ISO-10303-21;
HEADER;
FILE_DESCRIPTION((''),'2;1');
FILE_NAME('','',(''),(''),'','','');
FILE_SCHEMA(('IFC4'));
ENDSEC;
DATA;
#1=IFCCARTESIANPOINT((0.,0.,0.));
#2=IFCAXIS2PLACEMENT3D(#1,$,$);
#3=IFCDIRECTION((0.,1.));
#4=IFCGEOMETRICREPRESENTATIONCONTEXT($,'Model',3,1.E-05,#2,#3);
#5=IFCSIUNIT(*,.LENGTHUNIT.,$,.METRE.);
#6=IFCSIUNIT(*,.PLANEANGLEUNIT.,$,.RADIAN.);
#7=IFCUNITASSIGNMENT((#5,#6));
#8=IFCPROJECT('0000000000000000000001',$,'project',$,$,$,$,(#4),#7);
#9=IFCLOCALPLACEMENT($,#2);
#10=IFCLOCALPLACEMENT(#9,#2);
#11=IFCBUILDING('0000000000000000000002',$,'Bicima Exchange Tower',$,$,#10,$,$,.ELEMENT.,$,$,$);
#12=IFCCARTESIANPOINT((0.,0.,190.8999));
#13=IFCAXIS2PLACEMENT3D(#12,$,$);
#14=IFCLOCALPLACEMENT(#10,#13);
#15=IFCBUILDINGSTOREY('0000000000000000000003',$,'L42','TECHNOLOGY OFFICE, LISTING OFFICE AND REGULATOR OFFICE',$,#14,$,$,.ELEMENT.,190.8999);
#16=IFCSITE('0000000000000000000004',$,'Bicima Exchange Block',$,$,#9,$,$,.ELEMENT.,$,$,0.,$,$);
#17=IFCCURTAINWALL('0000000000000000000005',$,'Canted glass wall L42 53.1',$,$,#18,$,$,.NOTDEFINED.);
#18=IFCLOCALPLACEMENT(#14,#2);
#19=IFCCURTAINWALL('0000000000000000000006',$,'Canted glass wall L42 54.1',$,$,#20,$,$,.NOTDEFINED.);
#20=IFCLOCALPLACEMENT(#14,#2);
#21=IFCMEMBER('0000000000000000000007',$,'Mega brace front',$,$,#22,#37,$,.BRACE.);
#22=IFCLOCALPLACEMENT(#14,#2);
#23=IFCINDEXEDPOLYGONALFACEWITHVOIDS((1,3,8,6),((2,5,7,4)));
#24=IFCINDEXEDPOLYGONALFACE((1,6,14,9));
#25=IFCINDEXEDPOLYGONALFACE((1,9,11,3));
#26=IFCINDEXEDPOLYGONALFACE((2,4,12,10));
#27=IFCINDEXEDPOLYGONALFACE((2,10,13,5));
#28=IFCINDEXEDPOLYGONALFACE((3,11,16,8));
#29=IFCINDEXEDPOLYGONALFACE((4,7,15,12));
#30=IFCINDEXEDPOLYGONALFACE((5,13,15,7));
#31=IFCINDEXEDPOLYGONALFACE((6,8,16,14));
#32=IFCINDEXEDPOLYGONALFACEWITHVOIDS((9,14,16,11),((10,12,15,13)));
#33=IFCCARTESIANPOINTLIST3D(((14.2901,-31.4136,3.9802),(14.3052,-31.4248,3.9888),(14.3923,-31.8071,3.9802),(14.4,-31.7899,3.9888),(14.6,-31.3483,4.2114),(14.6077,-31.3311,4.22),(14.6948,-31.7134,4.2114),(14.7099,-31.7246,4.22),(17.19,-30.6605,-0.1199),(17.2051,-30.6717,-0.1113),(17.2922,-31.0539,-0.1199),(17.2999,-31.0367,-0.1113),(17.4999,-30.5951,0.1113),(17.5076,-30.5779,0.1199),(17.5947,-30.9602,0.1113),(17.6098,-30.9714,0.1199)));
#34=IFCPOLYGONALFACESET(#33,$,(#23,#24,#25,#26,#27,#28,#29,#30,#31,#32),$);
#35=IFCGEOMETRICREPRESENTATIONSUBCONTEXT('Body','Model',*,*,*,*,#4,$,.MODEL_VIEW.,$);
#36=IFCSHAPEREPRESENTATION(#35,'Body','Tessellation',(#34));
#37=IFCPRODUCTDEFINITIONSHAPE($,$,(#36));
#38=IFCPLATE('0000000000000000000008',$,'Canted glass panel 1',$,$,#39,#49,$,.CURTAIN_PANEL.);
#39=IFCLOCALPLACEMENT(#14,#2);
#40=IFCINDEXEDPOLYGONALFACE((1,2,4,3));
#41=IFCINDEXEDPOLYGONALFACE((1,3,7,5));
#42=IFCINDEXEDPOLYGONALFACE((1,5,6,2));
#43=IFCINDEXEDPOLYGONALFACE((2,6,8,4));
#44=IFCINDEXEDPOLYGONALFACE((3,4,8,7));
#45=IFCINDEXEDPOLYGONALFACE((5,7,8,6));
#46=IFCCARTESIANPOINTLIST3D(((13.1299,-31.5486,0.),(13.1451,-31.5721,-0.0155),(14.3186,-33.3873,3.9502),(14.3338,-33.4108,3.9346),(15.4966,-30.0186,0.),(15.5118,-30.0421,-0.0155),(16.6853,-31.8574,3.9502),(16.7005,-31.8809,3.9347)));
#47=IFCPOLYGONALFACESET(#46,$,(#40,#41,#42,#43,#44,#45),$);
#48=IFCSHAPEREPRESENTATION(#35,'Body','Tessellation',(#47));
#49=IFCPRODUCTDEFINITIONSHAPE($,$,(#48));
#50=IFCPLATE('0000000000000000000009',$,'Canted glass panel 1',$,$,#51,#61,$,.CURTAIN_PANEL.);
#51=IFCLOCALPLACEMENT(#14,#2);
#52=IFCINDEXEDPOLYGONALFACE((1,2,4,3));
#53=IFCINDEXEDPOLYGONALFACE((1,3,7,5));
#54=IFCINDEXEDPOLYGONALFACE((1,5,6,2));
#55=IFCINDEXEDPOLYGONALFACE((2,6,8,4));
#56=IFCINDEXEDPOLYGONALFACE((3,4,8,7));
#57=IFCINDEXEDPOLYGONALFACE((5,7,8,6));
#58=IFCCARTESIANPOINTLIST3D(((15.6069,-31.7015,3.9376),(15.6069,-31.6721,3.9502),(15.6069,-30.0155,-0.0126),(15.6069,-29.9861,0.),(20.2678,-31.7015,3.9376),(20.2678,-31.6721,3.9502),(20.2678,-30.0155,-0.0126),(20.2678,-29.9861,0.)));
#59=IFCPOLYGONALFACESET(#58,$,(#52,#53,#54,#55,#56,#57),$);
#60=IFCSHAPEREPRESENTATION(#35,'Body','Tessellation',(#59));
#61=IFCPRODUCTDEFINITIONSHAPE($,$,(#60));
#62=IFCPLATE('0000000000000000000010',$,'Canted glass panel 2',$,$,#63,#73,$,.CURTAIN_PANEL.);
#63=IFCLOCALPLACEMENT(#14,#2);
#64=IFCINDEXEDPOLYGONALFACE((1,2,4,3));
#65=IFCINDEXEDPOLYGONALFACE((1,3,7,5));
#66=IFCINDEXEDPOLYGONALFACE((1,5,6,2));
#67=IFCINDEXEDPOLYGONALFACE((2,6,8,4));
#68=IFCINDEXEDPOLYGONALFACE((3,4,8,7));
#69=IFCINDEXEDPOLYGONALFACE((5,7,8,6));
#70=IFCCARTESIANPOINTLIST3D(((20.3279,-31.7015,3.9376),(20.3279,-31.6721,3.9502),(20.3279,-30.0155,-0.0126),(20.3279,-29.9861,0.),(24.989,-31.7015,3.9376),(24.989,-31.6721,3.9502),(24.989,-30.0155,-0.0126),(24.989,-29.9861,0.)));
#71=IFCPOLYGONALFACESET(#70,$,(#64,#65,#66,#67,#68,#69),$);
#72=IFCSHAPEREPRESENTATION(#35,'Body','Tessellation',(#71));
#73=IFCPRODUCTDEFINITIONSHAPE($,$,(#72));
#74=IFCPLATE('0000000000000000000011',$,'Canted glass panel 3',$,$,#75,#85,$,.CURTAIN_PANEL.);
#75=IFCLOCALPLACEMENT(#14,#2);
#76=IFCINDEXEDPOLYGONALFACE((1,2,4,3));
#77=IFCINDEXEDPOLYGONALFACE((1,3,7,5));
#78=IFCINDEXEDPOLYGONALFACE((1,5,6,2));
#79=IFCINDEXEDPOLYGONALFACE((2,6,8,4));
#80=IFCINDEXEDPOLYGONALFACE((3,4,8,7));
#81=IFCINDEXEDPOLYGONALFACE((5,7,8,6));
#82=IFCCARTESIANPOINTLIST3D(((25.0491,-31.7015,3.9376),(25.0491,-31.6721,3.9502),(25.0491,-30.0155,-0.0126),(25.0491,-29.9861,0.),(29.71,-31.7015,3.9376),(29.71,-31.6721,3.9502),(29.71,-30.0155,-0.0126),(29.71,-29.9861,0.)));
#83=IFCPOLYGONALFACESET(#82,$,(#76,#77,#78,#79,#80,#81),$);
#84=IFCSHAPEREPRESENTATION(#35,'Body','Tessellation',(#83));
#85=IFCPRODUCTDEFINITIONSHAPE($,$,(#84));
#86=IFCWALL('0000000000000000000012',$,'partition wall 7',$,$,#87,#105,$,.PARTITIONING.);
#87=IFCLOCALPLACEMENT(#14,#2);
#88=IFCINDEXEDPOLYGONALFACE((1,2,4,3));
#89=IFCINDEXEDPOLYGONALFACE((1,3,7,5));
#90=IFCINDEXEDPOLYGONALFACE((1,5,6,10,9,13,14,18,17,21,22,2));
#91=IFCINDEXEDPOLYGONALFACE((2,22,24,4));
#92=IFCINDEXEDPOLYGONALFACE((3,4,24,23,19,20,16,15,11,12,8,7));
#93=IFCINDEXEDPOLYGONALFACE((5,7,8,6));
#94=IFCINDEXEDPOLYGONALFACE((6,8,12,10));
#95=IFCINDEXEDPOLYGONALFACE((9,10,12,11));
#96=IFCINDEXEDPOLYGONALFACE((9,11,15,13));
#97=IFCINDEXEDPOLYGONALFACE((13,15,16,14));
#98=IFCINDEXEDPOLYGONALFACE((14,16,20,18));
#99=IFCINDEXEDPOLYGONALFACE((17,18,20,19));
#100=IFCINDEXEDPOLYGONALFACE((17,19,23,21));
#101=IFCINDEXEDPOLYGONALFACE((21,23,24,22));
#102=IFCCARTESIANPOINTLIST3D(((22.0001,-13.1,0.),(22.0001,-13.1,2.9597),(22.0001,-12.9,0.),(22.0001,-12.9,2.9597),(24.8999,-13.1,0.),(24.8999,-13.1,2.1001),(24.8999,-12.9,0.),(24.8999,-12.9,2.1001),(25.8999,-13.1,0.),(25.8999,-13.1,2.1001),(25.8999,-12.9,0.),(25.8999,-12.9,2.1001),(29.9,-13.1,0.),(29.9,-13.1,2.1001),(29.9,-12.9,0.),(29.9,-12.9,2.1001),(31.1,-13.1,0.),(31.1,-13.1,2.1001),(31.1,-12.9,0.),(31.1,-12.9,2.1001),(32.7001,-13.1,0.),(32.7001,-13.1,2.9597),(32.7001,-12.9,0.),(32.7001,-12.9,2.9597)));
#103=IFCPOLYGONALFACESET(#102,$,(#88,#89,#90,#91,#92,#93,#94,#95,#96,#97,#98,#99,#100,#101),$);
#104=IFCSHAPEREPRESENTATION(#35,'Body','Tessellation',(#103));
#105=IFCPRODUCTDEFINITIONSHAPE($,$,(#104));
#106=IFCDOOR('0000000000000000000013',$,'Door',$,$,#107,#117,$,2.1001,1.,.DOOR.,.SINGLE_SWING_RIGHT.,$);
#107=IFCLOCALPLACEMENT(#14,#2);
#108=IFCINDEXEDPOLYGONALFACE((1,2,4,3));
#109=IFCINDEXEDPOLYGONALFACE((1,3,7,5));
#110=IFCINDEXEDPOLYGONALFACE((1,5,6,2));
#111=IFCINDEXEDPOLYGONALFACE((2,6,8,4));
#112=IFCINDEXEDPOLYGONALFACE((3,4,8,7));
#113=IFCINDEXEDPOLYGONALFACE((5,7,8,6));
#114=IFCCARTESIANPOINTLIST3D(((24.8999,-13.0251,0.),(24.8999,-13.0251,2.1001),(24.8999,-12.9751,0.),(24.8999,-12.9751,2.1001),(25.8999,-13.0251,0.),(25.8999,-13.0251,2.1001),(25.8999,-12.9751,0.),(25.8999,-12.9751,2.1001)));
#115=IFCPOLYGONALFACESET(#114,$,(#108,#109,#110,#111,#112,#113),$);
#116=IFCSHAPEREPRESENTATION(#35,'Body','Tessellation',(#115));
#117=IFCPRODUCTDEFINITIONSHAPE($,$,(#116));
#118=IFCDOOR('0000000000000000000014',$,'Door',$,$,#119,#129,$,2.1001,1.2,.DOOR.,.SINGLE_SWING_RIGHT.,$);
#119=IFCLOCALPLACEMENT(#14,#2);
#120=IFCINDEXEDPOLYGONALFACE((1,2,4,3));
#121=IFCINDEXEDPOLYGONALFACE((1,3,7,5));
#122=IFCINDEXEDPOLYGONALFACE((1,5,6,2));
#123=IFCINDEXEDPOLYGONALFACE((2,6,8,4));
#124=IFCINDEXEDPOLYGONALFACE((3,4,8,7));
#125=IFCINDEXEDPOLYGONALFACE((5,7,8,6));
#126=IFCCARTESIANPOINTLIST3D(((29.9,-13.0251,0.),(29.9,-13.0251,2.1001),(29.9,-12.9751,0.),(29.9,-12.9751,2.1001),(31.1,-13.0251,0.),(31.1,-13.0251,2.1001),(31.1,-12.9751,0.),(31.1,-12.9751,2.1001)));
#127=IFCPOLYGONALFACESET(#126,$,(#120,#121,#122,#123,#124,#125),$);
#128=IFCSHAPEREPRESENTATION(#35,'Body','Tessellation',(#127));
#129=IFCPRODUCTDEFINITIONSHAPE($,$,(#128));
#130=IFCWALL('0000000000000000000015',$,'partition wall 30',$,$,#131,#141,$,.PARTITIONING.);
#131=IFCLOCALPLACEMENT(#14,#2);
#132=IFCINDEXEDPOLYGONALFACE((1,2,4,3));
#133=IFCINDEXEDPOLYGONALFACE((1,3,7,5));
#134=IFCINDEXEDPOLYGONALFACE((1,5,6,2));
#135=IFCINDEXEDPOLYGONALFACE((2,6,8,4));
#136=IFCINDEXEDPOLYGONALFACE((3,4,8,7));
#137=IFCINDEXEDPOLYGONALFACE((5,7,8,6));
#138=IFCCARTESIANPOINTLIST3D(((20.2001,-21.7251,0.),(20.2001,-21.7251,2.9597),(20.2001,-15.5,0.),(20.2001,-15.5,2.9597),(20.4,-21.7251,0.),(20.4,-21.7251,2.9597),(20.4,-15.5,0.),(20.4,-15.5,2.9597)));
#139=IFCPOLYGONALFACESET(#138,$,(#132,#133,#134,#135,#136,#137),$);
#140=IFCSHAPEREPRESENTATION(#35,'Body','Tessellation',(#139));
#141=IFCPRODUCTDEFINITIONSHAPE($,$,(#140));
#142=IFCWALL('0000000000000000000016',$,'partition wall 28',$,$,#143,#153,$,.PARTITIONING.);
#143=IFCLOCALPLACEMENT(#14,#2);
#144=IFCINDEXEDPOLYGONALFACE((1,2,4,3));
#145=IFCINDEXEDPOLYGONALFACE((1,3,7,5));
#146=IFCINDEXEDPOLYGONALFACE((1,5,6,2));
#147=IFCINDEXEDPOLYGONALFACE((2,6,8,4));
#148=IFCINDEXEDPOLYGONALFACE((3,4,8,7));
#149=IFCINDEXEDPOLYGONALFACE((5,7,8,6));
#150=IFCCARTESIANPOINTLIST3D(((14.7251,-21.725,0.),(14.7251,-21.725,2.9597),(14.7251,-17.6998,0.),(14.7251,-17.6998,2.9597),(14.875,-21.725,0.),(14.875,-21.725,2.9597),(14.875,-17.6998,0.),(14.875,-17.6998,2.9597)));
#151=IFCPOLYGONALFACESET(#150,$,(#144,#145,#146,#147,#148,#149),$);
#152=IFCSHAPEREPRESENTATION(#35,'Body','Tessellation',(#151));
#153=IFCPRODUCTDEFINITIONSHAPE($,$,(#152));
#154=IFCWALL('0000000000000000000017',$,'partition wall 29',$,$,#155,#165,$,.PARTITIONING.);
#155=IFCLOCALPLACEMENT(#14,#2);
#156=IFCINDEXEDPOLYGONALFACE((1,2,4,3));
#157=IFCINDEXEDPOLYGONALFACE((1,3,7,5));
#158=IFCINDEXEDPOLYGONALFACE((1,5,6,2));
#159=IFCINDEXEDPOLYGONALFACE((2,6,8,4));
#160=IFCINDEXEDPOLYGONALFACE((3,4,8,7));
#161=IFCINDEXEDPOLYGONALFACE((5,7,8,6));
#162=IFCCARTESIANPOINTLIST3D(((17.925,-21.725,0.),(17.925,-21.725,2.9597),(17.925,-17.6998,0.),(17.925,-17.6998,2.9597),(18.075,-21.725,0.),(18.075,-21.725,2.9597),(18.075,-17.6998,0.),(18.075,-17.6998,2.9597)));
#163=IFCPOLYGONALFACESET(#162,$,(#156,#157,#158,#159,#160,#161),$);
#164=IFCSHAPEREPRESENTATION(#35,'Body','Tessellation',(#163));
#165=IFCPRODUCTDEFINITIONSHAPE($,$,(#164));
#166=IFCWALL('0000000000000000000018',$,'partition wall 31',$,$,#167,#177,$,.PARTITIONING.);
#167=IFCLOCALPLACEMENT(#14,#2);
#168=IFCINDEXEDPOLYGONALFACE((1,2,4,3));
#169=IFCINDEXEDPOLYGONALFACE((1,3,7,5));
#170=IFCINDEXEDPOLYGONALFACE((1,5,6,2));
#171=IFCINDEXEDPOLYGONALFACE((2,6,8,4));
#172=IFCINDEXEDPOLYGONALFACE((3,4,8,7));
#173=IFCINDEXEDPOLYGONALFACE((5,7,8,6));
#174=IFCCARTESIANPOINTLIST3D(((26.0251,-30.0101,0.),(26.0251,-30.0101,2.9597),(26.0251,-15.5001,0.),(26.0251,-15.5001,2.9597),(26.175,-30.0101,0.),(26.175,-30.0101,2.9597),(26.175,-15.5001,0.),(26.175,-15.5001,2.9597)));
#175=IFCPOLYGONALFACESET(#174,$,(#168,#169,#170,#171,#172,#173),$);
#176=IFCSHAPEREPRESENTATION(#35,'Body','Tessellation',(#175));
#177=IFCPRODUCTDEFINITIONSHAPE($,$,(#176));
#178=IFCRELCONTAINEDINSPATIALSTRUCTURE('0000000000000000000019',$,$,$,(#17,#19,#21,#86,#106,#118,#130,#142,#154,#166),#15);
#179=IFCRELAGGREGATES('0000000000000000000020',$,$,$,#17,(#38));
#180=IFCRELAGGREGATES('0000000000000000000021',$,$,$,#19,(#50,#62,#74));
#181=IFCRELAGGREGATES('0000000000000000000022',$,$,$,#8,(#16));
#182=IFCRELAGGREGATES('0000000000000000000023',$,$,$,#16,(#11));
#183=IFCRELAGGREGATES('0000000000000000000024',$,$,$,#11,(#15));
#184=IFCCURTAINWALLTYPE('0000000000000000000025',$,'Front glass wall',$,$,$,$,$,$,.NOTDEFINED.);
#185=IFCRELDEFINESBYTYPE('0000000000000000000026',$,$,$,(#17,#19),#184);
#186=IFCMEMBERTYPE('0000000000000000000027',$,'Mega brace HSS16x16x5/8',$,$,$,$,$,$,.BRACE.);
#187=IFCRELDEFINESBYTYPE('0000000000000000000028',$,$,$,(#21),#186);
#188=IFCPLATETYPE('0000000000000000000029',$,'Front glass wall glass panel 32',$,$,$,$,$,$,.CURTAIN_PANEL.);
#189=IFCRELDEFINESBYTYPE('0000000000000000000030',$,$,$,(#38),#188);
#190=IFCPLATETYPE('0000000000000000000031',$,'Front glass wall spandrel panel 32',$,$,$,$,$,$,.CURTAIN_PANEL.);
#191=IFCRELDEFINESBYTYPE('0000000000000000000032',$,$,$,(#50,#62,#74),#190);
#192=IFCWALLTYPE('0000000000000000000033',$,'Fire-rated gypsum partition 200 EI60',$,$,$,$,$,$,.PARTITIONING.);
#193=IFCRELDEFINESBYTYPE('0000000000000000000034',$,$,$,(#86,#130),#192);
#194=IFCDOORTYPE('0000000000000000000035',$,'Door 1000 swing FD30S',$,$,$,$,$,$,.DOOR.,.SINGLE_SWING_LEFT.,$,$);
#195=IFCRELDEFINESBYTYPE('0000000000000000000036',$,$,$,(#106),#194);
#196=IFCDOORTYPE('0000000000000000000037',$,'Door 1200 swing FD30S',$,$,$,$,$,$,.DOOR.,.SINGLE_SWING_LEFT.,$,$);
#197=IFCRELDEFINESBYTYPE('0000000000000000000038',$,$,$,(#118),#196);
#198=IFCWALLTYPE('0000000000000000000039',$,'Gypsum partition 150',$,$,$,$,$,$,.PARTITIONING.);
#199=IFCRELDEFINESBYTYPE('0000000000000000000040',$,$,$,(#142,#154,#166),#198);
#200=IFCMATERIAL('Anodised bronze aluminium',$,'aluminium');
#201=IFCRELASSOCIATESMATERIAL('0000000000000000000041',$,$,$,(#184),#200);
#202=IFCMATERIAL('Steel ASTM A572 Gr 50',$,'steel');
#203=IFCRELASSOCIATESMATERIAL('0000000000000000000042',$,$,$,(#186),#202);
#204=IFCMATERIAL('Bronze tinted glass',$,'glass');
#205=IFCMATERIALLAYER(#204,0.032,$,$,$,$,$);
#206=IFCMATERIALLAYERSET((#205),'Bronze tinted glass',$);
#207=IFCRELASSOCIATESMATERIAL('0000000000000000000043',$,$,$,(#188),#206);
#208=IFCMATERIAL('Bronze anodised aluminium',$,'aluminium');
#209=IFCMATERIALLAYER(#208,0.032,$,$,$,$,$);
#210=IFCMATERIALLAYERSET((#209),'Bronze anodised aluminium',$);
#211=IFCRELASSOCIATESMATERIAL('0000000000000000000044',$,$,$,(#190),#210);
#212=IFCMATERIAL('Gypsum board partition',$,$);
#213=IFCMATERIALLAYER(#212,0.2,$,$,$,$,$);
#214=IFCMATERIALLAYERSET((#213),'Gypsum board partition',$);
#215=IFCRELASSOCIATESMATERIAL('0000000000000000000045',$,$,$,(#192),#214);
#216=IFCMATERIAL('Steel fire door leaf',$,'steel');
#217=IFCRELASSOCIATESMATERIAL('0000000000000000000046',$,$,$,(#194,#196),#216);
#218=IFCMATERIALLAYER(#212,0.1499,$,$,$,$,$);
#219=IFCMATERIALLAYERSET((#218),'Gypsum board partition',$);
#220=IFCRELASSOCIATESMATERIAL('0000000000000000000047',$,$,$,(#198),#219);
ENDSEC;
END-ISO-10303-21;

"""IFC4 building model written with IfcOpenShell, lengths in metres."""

from ifc_helpers import new_model, si_unit, direction, frame, frame_2d, origin, origin_2d, place, context, subcontext, project, spatial, polyline, rectangle, hollow_rectangle, outline, extrude, material, layer, layer_set, material_profile, profile_set, type_object, element, fill, aggregate, save


model = new_model("IFC4")

# Units and contexts
model_context = context("Model", 3, precision=1e-05, world=origin(), true_north=direction((0.0, 1.0)))
body_context = subcontext(model_context, "Body", "Model", "MODEL_VIEW")
ifc_project = project(units=[si_unit("LENGTHUNIT", "METRE"), si_unit("PLANEANGLEUNIT", "RADIAN")], contexts=[model_context])

# Site, building, storey
site_placement = place(None, origin())
site = spatial("IfcSite", under=ifc_project, at=site_placement, Name="Bicima Exchange Block", CompositionType="ELEMENT", RefElevation=0.0)
building_placement = place(site_placement, origin())
building = spatial("IfcBuilding", under=site, at=building_placement, Name="Bicima Exchange Tower", CompositionType="ELEMENT")
storey_placement = place(building_placement, frame((0.0, 0.0, 190.8999)))
storey = spatial("IfcBuildingStorey", under=building, at=storey_placement, Name="L42", Description="TECHNOLOGY OFFICE, LISTING OFFICE AND REGULATOR OFFICE", CompositionType="ELEMENT", Elevation=190.8999)

# Curtain wall
ifc_material_1 = material(Name="Anodised bronze aluminium", Category="aluminium")
curtain_wall_type = type_object("IfcCurtainWallType", Name="Front glass wall", PredefinedType="NOTDEFINED", material=ifc_material_1)
curtain_wall_1_placement = place(storey_placement, origin())
curtain_wall_1 = element("IfcCurtainWall", 1, at=curtain_wall_1_placement, inside=storey, type_object=curtain_wall_type, Name="Canted glass wall L42 53.1", PredefinedType="NOTDEFINED")

# Curtain wall
curtain_wall_2_placement = place(storey_placement, origin())
curtain_wall_2 = element("IfcCurtainWall", 2, at=curtain_wall_2_placement, inside=storey, type_object=curtain_wall_type, Name="Canted glass wall L42 54.1", PredefinedType="NOTDEFINED")

# Member
ifc_material_2 = material(Name="Steel ASTM A572 Gr 50", Category="steel")
ifc_material_profile_1 = material_profile(ifc_material_2, hollow_rectangle(XDim=0.4065, YDim=0.4065, WallThickness=0.0146, at=origin_2d()))
ifc_profile_set_1 = profile_set([ifc_material_profile_1], Name="Steel ASTM A572 Gr 50")
member_type_1 = type_object("IfcMemberType", Name="Mega brace HSS16x16x5/8", PredefinedType="BRACE", material=ifc_profile_set_1)
member_1_placement = place(storey_placement, frame((17.3999, -30.8159, 0.0), z_axis=(-0.571056, -0.148317, 0.807401), x_axis=(0.251383, -0.967888, 0.0)))
element("IfcMember", 3, at=member_1_placement, inside=storey, type_object=member_type_1, Name="Mega brace front", PredefinedType="BRACE", context=body_context, shape_type="SweptSolid", body=[
    extrude(hollow_rectangle(XDim=0.4065, YDim=0.4065, WallThickness=0.0146, at=origin_2d()), origin(), (0.0, 0.0, 1.0), 5.0781),
])

# Plates
ifc_material_3 = material(Name="Bronze tinted glass", Category="glass")
ifc_layer_1 = layer(ifc_material_3, 0.032)
ifc_layer_set_1 = layer_set([ifc_layer_1], Name="Bronze tinted glass")
plate_type_1 = type_object("IfcPlateType", Name="Front glass wall glass panel 32", PredefinedType="CURTAIN_PANEL", material=ifc_layer_set_1)
plate_1_placement = place(storey_placement, frame((13.1299, -31.5486, 0.0), z_axis=(-0.474818, 0.734523, 0.484793), x_axis=(0.839806, 0.542887, -0.000015)))
plate_1 = element("IfcPlate", 4, at=plate_1_placement, type_object=plate_type_1, Name="Canted glass panel 1", PredefinedType="CURTAIN_PANEL", context=body_context, shape_type="SweptSolid", body=[
    extrude(outline(polyline([(0.0, 0.0), (2.8182, 0.0), (2.8181, -4.5165), (0.0001, -4.5164), (0.0, 0.0)])), origin(), (0.0, 0.0, -1.0), 0.032),
])
aggregate(curtain_wall_1, [plate_1])
ifc_material_4 = material(Name="Bronze anodised aluminium", Category="aluminium")
ifc_layer_2 = layer(ifc_material_4, 0.032)
ifc_layer_set_2 = layer_set([ifc_layer_2], Name="Bronze anodised aluminium")
plate_type_2 = type_object("IfcPlateType", Name="Front glass wall spandrel panel 32", PredefinedType="CURTAIN_PANEL", material=ifc_layer_set_2)
plate_2_placement = place(storey_placement, frame((15.6069, -29.9861, 0.0), z_axis=(0.0, 0.919726, 0.392561), x_axis=(1.0, 0.0, 0.0)))
plate_2 = element("IfcPlate", 5, at=plate_2_placement, type_object=plate_type_2, Name="Canted glass panel 1", PredefinedType="CURTAIN_PANEL", context=body_context, shape_type="SweptSolid", body=[
    extrude(outline(polyline([(0.0, 0.0), (4.6609, 0.0), (4.6609, -4.295), (0.0, -4.295), (0.0, 0.0)])), origin(), (0.0, 0.0, -1.0), 0.032),
])
plate_3_placement = place(storey_placement, frame((20.3279, -29.9861, 0.0), z_axis=(0.0, 0.919726, 0.392561), x_axis=(1.0, 0.0, 0.0)))
plate_3 = element("IfcPlate", 6, at=plate_3_placement, type_object=plate_type_2, Name="Canted glass panel 2", PredefinedType="CURTAIN_PANEL", context=body_context, shape_type="SweptSolid", body=[
    extrude(outline(polyline([(0.0, 0.0), (4.6611, 0.0), (4.6611, -4.295), (0.0, -4.295), (0.0, 0.0)])), origin(), (0.0, 0.0, -1.0), 0.032),
])
plate_4_placement = place(storey_placement, frame((25.0491, -29.9861, 0.0), z_axis=(0.0, 0.919726, 0.392561), x_axis=(1.0, 0.0, 0.0)))
plate_4 = element("IfcPlate", 7, at=plate_4_placement, type_object=plate_type_2, Name="Canted glass panel 3", PredefinedType="CURTAIN_PANEL", context=body_context, shape_type="SweptSolid", body=[
    extrude(outline(polyline([(0.0, 0.0), (4.6609, 0.0), (4.6609, -4.295), (0.0, -4.295), (0.0, 0.0)])), origin(), (0.0, 0.0, -1.0), 0.032),
])
aggregate(curtain_wall_2, [plate_2, plate_3, plate_4])

# Wall, openings, doors
ifc_material_5 = material(Name="Gypsum board partition")
ifc_layer_3 = layer(ifc_material_5, 0.2)
ifc_layer_set_3 = layer_set([ifc_layer_3], Name="Gypsum board partition")
wall_type_1 = type_object("IfcWallType", Name="Fire-rated gypsum partition 200 EI60", PredefinedType="PARTITIONING", material=ifc_layer_set_3)
wall_1_placement = place(storey_placement, frame((22.0, -13.0, 0.0), z_axis=(0.0, 0.0, 1.0), x_axis=(1.0, 0.0, 0.0)))
wall_1 = element("IfcWall", 8, at=wall_1_placement, inside=storey, type_object=wall_type_1, Name="partition wall 7", PredefinedType="PARTITIONING", context=body_context, shape_type="SweptSolid", body=[
    extrude(rectangle(XDim=10.7, YDim=0.2, at=frame_2d((5.3501, 0.0))), origin(), (0.0, 0.0, 1.0), 2.9597),
])
opening_1_placement = place(wall_1_placement, frame((7.8999, 0.0, 0.0)))
opening_1 = element("IfcOpeningElement", 9, at=opening_1_placement, cuts=wall_1, PredefinedType="OPENING", context=body_context, shape_type="SweptSolid", body=[
    extrude(rectangle(XDim=1.2, YDim=2.1001, at=frame_2d((0.6001, 1.05))), frame((0.0, 0.1118, 0.0), z_axis=(0.0, -1.0, 0.0), x_axis=(1.0, 0.0, 0.0)), (0.0, 0.0, 1.0), 0.2239),
])
opening_2_placement = place(wall_1_placement, frame((2.8999, 0.0, 0.0)))
opening_2 = element("IfcOpeningElement", 10, at=opening_2_placement, cuts=wall_1, PredefinedType="OPENING", context=body_context, shape_type="SweptSolid", body=[
    extrude(rectangle(XDim=1.0, YDim=2.1001, at=frame_2d((0.5, 1.05))), frame((0.0, 0.1118, 0.0), z_axis=(0.0, -1.0, 0.0), x_axis=(1.0, 0.0, 0.0)), (0.0, 0.0, 1.0), 0.2239),
])
ifc_material_6 = material(Name="Steel fire door leaf", Category="steel")
door_type_1 = type_object("IfcDoorType", Name="Door 1000 swing FD30S", OperationType="SINGLE_SWING_LEFT", PredefinedType="DOOR", material=ifc_material_6)
door_1_placement = place(opening_2_placement, origin())
door_1 = element("IfcDoor", 11, at=door_1_placement, inside=storey, type_object=door_type_1, Name="Door", OperationType="SINGLE_SWING_RIGHT", OverallHeight=2.1001, OverallWidth=1.0, PredefinedType="DOOR", context=body_context, shape_type="SweptSolid", body=[
    extrude(rectangle(XDim=1.0, YDim=2.1001, at=frame_2d((0.5, 1.05))), frame((0.0, 0.0249, 0.0), z_axis=(0.0, -1.0, 0.0), x_axis=(1.0, 0.0, 0.0)), (0.0, 0.0, 1.0), 0.05),
])
fill(opening_2, door_1)
door_type_2 = type_object("IfcDoorType", Name="Door 1200 swing FD30S", OperationType="SINGLE_SWING_LEFT", PredefinedType="DOOR", material=ifc_material_6)
door_2_placement = place(opening_1_placement, origin())
door_2 = element("IfcDoor", 12, at=door_2_placement, inside=storey, type_object=door_type_2, Name="Door", OperationType="SINGLE_SWING_RIGHT", OverallHeight=2.1001, OverallWidth=1.2, PredefinedType="DOOR", context=body_context, shape_type="SweptSolid", body=[
    extrude(rectangle(XDim=1.2, YDim=2.1001, at=frame_2d((0.6001, 1.05))), frame((0.0, 0.0249, 0.0), z_axis=(0.0, -1.0, 0.0), x_axis=(1.0, 0.0, 0.0)), (0.0, 0.0, 1.0), 0.05),
])
fill(opening_1, door_2)

# Walls
wall_2_placement = place(storey_placement, frame((20.3, -21.7251, 0.0), z_axis=(0.0, 0.0, 1.0), x_axis=(0.0, 1.0, 0.0)))
element("IfcWall", 13, at=wall_2_placement, inside=storey, type_object=wall_type_1, Name="partition wall 30", PredefinedType="PARTITIONING", context=body_context, shape_type="SweptSolid", body=[
    extrude(rectangle(XDim=6.2251, YDim=0.2, at=frame_2d((3.1125, 0.0))), origin(), (0.0, 0.0, 1.0), 2.9597),
])
ifc_layer_4 = layer(ifc_material_5, 0.1499)
ifc_layer_set_4 = layer_set([ifc_layer_4], Name="Gypsum board partition")
wall_type_2 = type_object("IfcWallType", Name="Gypsum partition 150", PredefinedType="PARTITIONING", material=ifc_layer_set_4)
for number, where, z_axis, x_axis, name in (
    (14, (14.8, -21.7251, 0.0), (0.0, 0.0, 1.0), (0.0, 1.0, 0.0), "partition wall 28"),
    (15, (18.0, -21.7251, 0.0), (0.0, 0.0, 1.0), (0.0, 1.0, 0.0), "partition wall 29"),
):
    element("IfcWall", number, at=place(storey_placement, frame(where, z_axis=z_axis, x_axis=x_axis)), inside=storey, type_object=wall_type_2, Name=name, PredefinedType="PARTITIONING", context=body_context, shape_type="SweptSolid", body=[
        extrude(rectangle(XDim=4.0251, YDim=0.1499, at=frame_2d((2.0127, 0.0))), origin(), (0.0, 0.0, 1.0), 2.9597),
    ])
wall_3_placement = place(storey_placement, frame((26.1001, -30.01, 0.0), z_axis=(0.0, 0.0, 1.0), x_axis=(0.0, 1.0, 0.0)))
element("IfcWall", 16, at=wall_3_placement, inside=storey, type_object=wall_type_2, Name="partition wall 31", PredefinedType="PARTITIONING", context=body_context, shape_type="SweptSolid", body=[
    extrude(rectangle(XDim=14.51, YDim=0.1499, at=frame_2d((7.2549, 0.0))), origin(), (0.0, 0.0, 1.0), 2.9597),
])

save(model, "model.ifc")
